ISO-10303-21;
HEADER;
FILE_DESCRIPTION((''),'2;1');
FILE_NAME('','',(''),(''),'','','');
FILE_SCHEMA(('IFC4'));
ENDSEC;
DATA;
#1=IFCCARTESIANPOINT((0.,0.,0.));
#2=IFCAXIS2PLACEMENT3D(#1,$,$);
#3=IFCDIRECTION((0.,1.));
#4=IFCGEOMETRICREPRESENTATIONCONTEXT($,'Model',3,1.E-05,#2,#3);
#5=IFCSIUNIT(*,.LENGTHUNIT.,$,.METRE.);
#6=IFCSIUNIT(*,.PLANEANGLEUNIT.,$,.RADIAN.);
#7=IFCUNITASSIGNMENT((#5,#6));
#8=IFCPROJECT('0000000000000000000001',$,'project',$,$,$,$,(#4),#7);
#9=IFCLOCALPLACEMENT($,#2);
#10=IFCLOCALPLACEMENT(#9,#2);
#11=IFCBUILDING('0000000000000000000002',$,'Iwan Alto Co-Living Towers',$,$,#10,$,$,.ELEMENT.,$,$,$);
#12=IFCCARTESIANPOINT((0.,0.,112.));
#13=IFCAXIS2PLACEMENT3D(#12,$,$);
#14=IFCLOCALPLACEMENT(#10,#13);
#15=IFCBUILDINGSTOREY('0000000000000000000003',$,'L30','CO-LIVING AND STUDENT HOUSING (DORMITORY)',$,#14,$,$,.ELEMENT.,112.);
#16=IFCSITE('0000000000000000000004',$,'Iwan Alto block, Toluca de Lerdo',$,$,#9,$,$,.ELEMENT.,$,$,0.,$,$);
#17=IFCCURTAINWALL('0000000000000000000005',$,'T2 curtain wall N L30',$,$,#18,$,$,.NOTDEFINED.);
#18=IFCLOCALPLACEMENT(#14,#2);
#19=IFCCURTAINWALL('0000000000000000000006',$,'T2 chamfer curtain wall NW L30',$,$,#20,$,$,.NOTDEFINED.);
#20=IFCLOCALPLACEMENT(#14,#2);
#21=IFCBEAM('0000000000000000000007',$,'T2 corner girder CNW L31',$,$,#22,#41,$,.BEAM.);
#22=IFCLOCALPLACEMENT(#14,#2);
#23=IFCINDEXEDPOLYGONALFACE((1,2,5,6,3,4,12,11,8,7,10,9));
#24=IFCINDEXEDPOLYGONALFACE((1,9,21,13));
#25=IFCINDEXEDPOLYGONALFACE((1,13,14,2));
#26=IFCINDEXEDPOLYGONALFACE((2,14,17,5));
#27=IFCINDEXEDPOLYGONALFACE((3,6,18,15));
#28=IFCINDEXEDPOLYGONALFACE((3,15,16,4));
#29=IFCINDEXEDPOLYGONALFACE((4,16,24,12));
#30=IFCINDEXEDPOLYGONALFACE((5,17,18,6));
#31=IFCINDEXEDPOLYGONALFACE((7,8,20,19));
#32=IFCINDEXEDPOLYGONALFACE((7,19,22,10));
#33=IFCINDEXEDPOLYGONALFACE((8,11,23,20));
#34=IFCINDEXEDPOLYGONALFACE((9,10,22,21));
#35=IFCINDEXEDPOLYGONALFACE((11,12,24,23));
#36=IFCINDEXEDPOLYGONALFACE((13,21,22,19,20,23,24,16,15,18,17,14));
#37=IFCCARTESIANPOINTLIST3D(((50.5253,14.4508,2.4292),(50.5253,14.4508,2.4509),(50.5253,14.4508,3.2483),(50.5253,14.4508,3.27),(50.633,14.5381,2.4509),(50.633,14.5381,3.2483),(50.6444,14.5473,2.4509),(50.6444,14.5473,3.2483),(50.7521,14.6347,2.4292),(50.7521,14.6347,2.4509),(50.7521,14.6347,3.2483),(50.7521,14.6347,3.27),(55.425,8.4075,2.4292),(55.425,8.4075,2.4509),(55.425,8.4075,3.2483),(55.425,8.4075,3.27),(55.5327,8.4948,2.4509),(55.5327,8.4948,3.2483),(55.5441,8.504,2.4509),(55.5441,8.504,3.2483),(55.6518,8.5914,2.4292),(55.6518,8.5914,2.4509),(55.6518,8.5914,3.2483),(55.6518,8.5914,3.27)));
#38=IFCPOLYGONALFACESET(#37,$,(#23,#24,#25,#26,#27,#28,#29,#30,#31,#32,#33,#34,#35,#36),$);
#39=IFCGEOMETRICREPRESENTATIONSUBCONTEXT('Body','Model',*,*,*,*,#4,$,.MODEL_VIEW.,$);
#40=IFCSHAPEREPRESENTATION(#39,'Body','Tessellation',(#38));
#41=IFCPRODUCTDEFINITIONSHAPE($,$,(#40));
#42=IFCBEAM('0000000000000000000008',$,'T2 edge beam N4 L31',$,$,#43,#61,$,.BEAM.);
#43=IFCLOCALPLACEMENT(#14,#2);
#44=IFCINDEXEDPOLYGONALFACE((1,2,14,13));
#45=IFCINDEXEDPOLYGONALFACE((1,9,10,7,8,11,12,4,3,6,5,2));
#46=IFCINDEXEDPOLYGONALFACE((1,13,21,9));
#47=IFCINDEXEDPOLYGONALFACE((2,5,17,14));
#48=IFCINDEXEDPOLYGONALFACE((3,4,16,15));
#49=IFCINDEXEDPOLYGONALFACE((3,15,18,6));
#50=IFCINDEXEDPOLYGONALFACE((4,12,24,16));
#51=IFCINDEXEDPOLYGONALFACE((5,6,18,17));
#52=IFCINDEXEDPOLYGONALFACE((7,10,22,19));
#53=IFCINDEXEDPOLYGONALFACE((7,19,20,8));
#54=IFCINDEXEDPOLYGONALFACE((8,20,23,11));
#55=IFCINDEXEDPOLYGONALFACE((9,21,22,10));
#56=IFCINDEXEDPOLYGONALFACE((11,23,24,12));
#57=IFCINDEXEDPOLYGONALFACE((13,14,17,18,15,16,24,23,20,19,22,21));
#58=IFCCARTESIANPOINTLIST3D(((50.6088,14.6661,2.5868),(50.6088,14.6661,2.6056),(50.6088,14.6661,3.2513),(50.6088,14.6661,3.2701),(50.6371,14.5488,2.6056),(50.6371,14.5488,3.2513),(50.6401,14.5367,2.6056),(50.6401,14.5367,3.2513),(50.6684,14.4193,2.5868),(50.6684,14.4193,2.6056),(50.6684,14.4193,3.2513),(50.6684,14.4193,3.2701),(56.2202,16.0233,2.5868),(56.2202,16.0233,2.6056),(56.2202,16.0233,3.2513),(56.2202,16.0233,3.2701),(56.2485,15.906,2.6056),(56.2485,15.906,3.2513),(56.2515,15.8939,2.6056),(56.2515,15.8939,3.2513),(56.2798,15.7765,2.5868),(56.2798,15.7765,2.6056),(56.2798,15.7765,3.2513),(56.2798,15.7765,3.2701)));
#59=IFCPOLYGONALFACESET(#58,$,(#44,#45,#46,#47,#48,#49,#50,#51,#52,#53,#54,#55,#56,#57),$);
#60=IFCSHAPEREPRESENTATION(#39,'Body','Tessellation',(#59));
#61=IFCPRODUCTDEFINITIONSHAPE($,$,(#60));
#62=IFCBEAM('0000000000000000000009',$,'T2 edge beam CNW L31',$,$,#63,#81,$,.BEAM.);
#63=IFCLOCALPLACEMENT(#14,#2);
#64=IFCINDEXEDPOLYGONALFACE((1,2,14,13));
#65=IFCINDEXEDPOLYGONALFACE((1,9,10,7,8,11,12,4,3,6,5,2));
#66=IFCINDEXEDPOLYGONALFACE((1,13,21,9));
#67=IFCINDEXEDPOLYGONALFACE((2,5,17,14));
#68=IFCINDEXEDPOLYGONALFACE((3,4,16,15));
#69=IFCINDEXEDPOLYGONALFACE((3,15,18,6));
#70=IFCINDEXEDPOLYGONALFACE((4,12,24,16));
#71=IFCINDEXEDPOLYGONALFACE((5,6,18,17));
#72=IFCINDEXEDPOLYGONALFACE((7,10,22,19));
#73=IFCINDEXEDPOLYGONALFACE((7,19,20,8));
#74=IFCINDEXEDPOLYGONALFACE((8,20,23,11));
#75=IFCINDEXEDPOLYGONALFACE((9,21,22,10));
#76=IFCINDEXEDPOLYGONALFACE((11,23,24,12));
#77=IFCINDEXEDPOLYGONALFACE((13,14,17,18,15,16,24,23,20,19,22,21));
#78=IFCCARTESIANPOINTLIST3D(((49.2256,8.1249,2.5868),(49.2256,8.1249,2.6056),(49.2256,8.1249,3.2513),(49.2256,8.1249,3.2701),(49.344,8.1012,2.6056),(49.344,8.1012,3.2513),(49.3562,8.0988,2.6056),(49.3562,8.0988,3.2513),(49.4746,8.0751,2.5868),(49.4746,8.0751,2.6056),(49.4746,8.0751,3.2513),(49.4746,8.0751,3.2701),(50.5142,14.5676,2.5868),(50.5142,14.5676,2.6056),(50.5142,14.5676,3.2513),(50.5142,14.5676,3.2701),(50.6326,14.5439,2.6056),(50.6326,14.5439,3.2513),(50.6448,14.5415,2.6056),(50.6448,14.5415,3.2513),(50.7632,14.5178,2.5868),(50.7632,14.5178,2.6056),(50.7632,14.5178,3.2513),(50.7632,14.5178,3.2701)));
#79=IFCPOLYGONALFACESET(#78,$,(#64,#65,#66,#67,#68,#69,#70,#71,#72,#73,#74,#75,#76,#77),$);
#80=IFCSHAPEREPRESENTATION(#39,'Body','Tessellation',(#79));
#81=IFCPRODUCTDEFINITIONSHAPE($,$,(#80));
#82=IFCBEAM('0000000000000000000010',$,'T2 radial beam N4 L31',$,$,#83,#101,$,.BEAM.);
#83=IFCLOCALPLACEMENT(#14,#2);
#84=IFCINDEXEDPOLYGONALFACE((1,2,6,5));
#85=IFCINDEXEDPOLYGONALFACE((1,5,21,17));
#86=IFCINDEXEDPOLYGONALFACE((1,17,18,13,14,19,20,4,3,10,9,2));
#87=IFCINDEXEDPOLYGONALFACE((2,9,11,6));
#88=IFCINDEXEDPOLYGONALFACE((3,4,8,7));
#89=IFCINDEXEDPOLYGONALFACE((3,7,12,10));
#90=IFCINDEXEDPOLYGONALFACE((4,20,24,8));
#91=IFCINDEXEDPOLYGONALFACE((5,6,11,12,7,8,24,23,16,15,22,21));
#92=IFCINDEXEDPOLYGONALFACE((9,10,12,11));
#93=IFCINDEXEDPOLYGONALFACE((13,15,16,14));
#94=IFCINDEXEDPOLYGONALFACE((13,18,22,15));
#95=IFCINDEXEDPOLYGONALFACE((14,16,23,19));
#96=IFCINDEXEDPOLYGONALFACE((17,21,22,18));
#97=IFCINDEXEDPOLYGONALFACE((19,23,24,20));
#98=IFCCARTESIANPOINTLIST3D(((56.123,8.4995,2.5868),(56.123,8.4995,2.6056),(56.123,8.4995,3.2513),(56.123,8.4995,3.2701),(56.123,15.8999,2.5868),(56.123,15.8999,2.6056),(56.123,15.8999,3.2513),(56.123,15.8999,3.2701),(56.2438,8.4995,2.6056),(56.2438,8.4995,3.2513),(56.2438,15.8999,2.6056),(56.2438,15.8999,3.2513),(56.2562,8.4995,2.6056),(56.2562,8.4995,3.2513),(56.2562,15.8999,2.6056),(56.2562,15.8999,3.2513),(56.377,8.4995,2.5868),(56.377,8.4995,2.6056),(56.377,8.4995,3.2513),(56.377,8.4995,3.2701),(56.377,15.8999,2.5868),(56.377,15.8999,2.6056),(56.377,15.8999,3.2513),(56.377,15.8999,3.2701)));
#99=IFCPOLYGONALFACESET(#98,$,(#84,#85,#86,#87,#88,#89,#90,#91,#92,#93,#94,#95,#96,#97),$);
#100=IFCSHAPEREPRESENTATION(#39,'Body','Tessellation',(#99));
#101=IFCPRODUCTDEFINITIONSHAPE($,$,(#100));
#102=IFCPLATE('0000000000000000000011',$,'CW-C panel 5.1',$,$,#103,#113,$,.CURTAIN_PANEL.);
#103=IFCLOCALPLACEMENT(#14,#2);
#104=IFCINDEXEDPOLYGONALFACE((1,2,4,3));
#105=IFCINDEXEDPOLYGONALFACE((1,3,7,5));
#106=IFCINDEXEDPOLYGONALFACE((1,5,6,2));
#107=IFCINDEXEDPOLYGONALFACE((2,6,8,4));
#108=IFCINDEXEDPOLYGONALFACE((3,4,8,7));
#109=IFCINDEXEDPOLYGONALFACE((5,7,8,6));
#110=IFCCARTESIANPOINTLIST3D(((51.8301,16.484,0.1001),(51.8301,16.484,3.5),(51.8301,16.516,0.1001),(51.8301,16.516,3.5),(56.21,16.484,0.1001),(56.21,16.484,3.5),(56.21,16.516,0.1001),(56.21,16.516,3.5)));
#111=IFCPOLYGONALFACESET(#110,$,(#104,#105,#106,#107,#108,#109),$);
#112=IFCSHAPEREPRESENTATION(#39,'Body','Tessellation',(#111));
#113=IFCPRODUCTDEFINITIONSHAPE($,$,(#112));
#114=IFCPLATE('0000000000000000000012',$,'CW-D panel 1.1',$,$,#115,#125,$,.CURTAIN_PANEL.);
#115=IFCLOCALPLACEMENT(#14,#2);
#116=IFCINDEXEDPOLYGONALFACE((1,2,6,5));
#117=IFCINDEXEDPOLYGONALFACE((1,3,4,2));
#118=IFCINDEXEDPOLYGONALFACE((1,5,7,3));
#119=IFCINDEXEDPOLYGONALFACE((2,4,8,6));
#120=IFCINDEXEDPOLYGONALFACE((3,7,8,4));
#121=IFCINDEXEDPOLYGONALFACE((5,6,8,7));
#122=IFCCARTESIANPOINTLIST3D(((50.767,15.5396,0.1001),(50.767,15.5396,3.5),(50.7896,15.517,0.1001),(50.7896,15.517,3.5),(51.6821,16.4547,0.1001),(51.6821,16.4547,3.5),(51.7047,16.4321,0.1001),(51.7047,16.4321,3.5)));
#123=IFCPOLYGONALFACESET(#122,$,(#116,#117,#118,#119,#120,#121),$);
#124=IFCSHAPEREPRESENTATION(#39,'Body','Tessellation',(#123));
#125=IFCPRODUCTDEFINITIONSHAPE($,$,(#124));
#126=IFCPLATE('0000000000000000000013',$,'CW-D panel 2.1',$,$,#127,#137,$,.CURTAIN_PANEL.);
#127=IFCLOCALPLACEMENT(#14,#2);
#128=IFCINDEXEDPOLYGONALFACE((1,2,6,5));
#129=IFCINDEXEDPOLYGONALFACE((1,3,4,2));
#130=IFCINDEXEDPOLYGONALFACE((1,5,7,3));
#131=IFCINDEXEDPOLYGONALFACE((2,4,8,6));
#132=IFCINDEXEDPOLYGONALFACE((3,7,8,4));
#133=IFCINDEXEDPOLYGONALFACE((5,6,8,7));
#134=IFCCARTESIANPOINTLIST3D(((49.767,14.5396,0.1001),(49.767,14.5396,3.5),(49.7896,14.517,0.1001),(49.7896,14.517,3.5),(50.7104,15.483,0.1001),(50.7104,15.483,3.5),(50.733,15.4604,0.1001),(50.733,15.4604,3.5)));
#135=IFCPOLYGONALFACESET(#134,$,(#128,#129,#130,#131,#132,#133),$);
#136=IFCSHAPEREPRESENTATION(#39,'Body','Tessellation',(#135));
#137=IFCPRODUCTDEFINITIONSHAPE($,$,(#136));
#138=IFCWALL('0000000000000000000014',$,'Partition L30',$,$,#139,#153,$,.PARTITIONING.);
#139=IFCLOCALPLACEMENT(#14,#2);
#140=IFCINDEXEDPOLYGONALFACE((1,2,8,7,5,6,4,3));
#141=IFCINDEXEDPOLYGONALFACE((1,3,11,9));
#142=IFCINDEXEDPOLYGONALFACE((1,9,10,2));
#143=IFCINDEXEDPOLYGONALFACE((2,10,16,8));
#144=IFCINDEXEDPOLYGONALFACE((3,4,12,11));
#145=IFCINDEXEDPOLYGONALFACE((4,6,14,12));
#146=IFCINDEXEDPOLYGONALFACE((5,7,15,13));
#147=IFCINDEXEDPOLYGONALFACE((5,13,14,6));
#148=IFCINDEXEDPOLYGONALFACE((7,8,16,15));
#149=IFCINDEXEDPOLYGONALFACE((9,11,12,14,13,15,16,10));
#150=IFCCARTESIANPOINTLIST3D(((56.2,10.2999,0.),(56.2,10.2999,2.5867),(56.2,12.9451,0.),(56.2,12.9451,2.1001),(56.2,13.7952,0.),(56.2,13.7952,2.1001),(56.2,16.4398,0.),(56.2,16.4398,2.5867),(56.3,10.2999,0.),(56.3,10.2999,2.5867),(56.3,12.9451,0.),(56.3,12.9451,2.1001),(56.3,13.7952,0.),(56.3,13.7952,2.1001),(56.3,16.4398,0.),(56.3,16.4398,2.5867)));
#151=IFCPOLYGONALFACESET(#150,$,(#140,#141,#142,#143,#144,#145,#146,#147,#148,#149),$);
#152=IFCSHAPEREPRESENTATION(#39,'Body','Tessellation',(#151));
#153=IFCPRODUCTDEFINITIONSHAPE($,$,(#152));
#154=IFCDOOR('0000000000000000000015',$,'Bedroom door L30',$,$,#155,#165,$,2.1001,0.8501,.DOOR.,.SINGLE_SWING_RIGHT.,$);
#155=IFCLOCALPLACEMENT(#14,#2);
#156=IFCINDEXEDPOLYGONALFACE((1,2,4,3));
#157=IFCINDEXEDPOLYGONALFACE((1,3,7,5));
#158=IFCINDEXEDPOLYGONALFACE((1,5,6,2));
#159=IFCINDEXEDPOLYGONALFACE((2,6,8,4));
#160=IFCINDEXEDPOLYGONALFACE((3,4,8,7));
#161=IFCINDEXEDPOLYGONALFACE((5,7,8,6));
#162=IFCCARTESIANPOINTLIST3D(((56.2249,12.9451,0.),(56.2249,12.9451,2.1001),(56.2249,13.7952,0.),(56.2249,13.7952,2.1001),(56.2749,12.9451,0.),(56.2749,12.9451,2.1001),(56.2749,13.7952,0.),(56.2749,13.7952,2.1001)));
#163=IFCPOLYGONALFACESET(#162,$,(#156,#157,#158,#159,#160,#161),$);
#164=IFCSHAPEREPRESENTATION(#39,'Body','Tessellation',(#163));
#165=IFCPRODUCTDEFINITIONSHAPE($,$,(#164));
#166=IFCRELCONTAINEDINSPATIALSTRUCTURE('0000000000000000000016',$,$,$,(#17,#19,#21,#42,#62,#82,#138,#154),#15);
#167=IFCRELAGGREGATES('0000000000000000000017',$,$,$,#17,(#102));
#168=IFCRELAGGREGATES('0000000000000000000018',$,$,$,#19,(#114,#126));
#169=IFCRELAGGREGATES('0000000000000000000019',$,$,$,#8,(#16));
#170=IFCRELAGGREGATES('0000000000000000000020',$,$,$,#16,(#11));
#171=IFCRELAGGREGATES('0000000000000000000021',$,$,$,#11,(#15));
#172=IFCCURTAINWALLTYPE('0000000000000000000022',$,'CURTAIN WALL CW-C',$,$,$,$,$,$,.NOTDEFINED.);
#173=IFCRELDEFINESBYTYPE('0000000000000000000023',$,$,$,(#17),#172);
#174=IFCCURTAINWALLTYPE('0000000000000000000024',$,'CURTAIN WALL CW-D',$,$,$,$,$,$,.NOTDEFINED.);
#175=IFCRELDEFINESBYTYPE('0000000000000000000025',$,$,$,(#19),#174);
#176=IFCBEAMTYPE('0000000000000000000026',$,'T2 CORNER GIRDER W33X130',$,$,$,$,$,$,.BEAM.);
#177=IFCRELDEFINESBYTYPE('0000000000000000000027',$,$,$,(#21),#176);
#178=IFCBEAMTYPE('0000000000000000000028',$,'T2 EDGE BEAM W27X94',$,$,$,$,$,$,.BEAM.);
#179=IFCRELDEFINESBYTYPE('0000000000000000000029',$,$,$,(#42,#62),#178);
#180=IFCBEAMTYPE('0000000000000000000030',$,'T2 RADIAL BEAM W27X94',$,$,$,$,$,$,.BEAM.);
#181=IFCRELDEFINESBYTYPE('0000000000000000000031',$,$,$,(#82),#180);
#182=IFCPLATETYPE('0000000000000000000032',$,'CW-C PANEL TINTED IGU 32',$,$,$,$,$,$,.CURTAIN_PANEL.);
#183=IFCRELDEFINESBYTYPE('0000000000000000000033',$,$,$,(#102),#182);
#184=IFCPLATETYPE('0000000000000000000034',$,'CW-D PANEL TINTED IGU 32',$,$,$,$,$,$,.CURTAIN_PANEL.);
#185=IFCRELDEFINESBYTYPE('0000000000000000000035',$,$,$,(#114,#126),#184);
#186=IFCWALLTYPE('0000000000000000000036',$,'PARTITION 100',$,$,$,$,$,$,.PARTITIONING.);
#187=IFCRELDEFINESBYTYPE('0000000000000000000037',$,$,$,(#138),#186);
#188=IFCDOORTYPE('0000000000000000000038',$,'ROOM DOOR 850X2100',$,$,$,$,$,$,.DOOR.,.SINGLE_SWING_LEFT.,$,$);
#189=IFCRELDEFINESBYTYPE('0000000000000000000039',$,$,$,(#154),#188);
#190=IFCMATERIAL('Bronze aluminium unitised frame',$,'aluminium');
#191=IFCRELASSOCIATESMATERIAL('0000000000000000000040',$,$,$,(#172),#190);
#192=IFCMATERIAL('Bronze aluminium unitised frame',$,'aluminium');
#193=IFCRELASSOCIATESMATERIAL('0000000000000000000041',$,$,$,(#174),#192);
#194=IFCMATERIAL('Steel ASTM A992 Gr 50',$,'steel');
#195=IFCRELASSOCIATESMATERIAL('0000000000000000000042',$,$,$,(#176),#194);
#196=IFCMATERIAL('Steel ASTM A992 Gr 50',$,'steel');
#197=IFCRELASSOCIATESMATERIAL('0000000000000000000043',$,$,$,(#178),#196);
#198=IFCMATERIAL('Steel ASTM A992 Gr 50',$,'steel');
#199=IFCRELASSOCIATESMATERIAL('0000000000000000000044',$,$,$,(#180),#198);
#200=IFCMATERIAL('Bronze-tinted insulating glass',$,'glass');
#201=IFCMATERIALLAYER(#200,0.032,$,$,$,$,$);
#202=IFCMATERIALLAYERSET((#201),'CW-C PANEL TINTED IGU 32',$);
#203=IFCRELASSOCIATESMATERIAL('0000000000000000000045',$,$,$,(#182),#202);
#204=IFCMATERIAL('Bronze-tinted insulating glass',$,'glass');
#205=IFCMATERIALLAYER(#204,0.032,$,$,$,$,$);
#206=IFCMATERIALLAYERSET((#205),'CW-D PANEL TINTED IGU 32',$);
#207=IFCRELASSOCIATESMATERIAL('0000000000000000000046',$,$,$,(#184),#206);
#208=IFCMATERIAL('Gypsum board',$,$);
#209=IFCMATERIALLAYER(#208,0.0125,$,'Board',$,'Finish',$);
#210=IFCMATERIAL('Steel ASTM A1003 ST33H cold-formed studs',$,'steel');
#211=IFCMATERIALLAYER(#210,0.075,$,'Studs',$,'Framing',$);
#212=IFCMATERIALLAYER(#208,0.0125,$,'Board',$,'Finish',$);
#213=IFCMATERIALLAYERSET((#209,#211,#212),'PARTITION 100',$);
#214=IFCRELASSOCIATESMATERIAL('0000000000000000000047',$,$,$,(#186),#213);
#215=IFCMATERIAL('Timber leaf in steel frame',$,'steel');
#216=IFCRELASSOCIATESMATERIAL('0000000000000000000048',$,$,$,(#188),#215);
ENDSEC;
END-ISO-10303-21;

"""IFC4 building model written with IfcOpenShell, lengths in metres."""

from ifc_helpers import new_model, si_unit, direction, frame, frame_2d, origin, origin_2d, place, context, subcontext, project, spatial, rectangle, i_section, extrude, material, layer, layer_set, material_profile, profile_set, type_object, element, fill, aggregate, save


model = new_model("IFC4")

# Units and contexts
model_context = context("Model", 3, precision=1e-05, world=origin(), true_north=direction((0.0, 1.0)))
body_context = subcontext(model_context, "Body", "Model", "MODEL_VIEW")
ifc_project = project(units=[si_unit("LENGTHUNIT", "METRE"), si_unit("PLANEANGLEUNIT", "RADIAN")], contexts=[model_context])

# Site, building, storey
site_placement = place(None, origin())
site = spatial("IfcSite", under=ifc_project, at=site_placement, Name="Iwan Alto block, Toluca de Lerdo", CompositionType="ELEMENT", RefElevation=0.0)
building_placement = place(site_placement, origin())
building = spatial("IfcBuilding", under=site, at=building_placement, Name="Iwan Alto Co-Living Towers", CompositionType="ELEMENT")
storey_placement = place(building_placement, frame((0.0, 0.0, 112.0)))
storey = spatial("IfcBuildingStorey", under=building, at=storey_placement, Name="L30", Description="CO-LIVING AND STUDENT HOUSING (DORMITORY)", CompositionType="ELEMENT", Elevation=112.0)

# Curtain walls
ifc_material_1 = material(Name="Bronze aluminium unitised frame", Category="aluminium")
curtain_wall_type_1 = type_object("IfcCurtainWallType", Name="CURTAIN WALL CW-C", PredefinedType="NOTDEFINED", material=ifc_material_1)
curtain_wall_1_placement = place(storey_placement, origin())
curtain_wall_1 = element("IfcCurtainWall", 1, at=curtain_wall_1_placement, inside=storey, type_object=curtain_wall_type_1, Name="T2 curtain wall N L30", PredefinedType="NOTDEFINED")
ifc_material_2 = material(Name="Bronze aluminium unitised frame", Category="aluminium")
curtain_wall_type_2 = type_object("IfcCurtainWallType", Name="CURTAIN WALL CW-D", PredefinedType="NOTDEFINED", material=ifc_material_2)
curtain_wall_2_placement = place(storey_placement, origin())
curtain_wall_2 = element("IfcCurtainWall", 2, at=curtain_wall_2_placement, inside=storey, type_object=curtain_wall_type_2, Name="T2 chamfer curtain wall NW L30", PredefinedType="NOTDEFINED")

# Beams
ifc_material_3 = material(Name="Steel ASTM A992 Gr 50", Category="steel")
ifc_material_profile_1 = material_profile(ifc_material_3, i_section(OverallWidth=0.292, OverallDepth=0.8408, WebThickness=0.0146, FlangeThickness=0.0217, at=origin_2d()), Name="W33X130")
ifc_profile_set_1 = profile_set([ifc_material_profile_1], Name="Steel ASTM A992 Gr 50")
beam_type_1 = type_object("IfcBeamType", Name="T2 CORNER GIRDER W33X130", PredefinedType="BEAM", material=ifc_profile_set_1)
beam_1_placement = place(storey_placement, frame((50.6387, 14.5427, 2.8496), z_axis=(0.629783, -0.776771, 0.0), x_axis=(0.776771, 0.629783, 0.0)))
element("IfcBeam", 3, at=beam_1_placement, inside=storey, type_object=beam_type_1, Name="T2 corner girder CNW L31", PredefinedType="BEAM", context=body_context, shape_type="SweptSolid", body=[
    extrude(i_section(OverallWidth=0.292, OverallDepth=0.8408, WebThickness=0.0146, FlangeThickness=0.0217, at=origin_2d()), origin(), (0.0, 0.0, 1.0), 7.78),
])
ifc_material_4 = material(Name="Steel ASTM A992 Gr 50", Category="steel")
ifc_material_profile_2 = material_profile(ifc_material_4, i_section(OverallWidth=0.2539, OverallDepth=0.6833, WebThickness=0.0125, FlangeThickness=0.0188, at=origin_2d()), Name="W27X94")
ifc_profile_set_2 = profile_set([ifc_material_profile_2], Name="Steel ASTM A992 Gr 50")
beam_type_2 = type_object("IfcBeamType", Name="T2 EDGE BEAM W27X94", PredefinedType="BEAM", material=ifc_profile_set_2)
beam_2_placement = place(storey_placement, frame((56.25, 15.8999, 2.9285), z_axis=(-0.971975, -0.235086, 0.0), x_axis=(0.235086, -0.971975, 0.0)))
element("IfcBeam", 4, at=beam_2_placement, inside=storey, type_object=beam_type_2, Name="T2 edge beam N4 L31", PredefinedType="BEAM", context=body_context, shape_type="SweptSolid", body=[
    extrude(i_section(OverallWidth=0.2539, OverallDepth=0.6833, WebThickness=0.0125, FlangeThickness=0.0188, at=origin_2d()), origin(), (0.0, 0.0, 1.0), 5.7732),
])
beam_3_placement = place(storey_placement, frame((50.6387, 14.5427, 2.9285), z_axis=(-0.196123, -0.980579, 0.0), x_axis=(0.980579, -0.196123, 0.0)))
element("IfcBeam", 5, at=beam_3_placement, inside=storey, type_object=beam_type_2, Name="T2 edge beam CNW L31", PredefinedType="BEAM", context=body_context, shape_type="SweptSolid", body=[
    extrude(i_section(OverallWidth=0.2539, OverallDepth=0.6833, WebThickness=0.0125, FlangeThickness=0.0188, at=origin_2d()), origin(), (0.0, 0.0, 1.0), 6.5703),
])
ifc_material_5 = material(Name="Steel ASTM A992 Gr 50", Category="steel")
ifc_material_profile_3 = material_profile(ifc_material_5, i_section(OverallWidth=0.2539, OverallDepth=0.6833, WebThickness=0.0125, FlangeThickness=0.0188, at=origin_2d()), Name="W27X94")
ifc_profile_set_3 = profile_set([ifc_material_profile_3], Name="Steel ASTM A992 Gr 50")
beam_type_3 = type_object("IfcBeamType", Name="T2 RADIAL BEAM W27X94", PredefinedType="BEAM", material=ifc_profile_set_3)
beam_4_placement = place(storey_placement, frame((56.25, 15.8999, 2.9285), z_axis=(0.0, -1.0, 0.0), x_axis=(1.0, 0.0, 0.0)))
element("IfcBeam", 6, at=beam_4_placement, inside=storey, type_object=beam_type_3, Name="T2 radial beam N4 L31", PredefinedType="BEAM", context=body_context, shape_type="SweptSolid", body=[
    extrude(i_section(OverallWidth=0.2539, OverallDepth=0.6833, WebThickness=0.0125, FlangeThickness=0.0188, at=origin_2d()), origin(), (0.0, 0.0, 1.0), 7.4004),
])

# Plates
ifc_material_6 = material(Name="Bronze-tinted insulating glass", Category="glass")
ifc_layer_1 = layer(ifc_material_6, 0.032)
ifc_layer_set_1 = layer_set([ifc_layer_1], Name="CW-C PANEL TINTED IGU 32")
plate_type_1 = type_object("IfcPlateType", Name="CW-C PANEL TINTED IGU 32", PredefinedType="CURTAIN_PANEL", material=ifc_layer_set_1)
plate_1_placement = place(storey_placement, frame((54.02, 16.5, 0.1001), z_axis=(0.0, 0.0, 1.0), x_axis=(-1.0, 0.0, 0.0)))
plate_1 = element("IfcPlate", 7, at=plate_1_placement, type_object=plate_type_1, Name="CW-C panel 5.1", PredefinedType="CURTAIN_PANEL", context=body_context, shape_type="SweptSolid", body=[
    extrude(rectangle(XDim=4.3799, YDim=0.032, at=origin_2d()), origin(), (0.0, 0.0, 1.0), 3.3999),
])
aggregate(curtain_wall_1, [plate_1])
ifc_material_7 = material(Name="Bronze-tinted insulating glass", Category="glass")
ifc_layer_2 = layer(ifc_material_7, 0.032)
ifc_layer_set_2 = layer_set([ifc_layer_2], Name="CW-D PANEL TINTED IGU 32")
plate_type_2 = type_object("IfcPlateType", Name="CW-D PANEL TINTED IGU 32", PredefinedType="CURTAIN_PANEL", material=ifc_layer_set_2)
plate_2_placement = place(storey_placement, frame((51.2358, 15.9858, 0.1001), z_axis=(0.0, 0.0, 1.0), x_axis=(-0.707107, -0.707107, 0.0)))
plate_2 = element("IfcPlate", 8, at=plate_2_placement, type_object=plate_type_2, Name="CW-D panel 1.1", PredefinedType="CURTAIN_PANEL", context=body_context, shape_type="SweptSolid", body=[
    extrude(rectangle(XDim=1.2942, YDim=0.032, at=origin_2d()), origin(), (0.0, 0.0, 1.0), 3.3999),
])
plate_3_placement = place(storey_placement, frame((50.25, 15.0, 0.1001), z_axis=(0.0, 0.0, 1.0), x_axis=(-0.707107, -0.707107, 0.0)))
plate_3 = element("IfcPlate", 9, at=plate_3_placement, type_object=plate_type_2, Name="CW-D panel 2.1", PredefinedType="CURTAIN_PANEL", context=body_context, shape_type="SweptSolid", body=[
    extrude(rectangle(XDim=1.3342, YDim=0.032, at=origin_2d()), origin(), (0.0, 0.0, 1.0), 3.3999),
])
aggregate(curtain_wall_2, [plate_2, plate_3])

# Wall, opening, door
ifc_material_8 = material(Name="Gypsum board")
ifc_layer_3 = layer(ifc_material_8, 0.0125, Name="Board", Category="Finish")
ifc_material_9 = material(Name="Steel ASTM A1003 ST33H cold-formed studs", Category="steel")
ifc_layer_4 = layer(ifc_material_9, 0.075, Name="Studs", Category="Framing")
ifc_layer_5 = layer(ifc_material_8, 0.0125, Name="Board", Category="Finish")
ifc_layer_set_3 = layer_set([ifc_layer_3, ifc_layer_4, ifc_layer_5], Name="PARTITION 100")
wall_type = type_object("IfcWallType", Name="PARTITION 100", PredefinedType="PARTITIONING", material=ifc_layer_set_3)
wall_placement = place(storey_placement, frame((56.25, 10.3, 0.0), z_axis=(0.0, 0.0, 1.0), x_axis=(0.0, 1.0, 0.0)))
wall = element("IfcWall", 10, at=wall_placement, inside=storey, type_object=wall_type, Name="Partition L30", PredefinedType="PARTITIONING", context=body_context, shape_type="SweptSolid", body=[
    extrude(rectangle(XDim=6.1399, YDim=0.1001, at=frame_2d((3.0698, 0.0))), origin(), (0.0, 0.0, 1.0), 2.5867),
])
opening_placement = place(wall_placement, frame((2.645, 0.0, 0.0)))
opening = element("IfcOpeningElement", 11, at=opening_placement, cuts=wall, PredefinedType="OPENING", context=body_context, shape_type="SweptSolid", body=[
    extrude(rectangle(XDim=0.8501, YDim=2.1001, at=frame_2d((0.425, 1.05))), frame((0.0, 0.0601, 0.0), z_axis=(0.0, -1.0, 0.0), x_axis=(1.0, 0.0, 0.0)), (0.0, 0.0, 1.0), 0.1201),
])
ifc_material_10 = material(Name="Timber leaf in steel frame", Category="steel")
door_type = type_object("IfcDoorType", Name="ROOM DOOR 850X2100", OperationType="SINGLE_SWING_LEFT", PredefinedType="DOOR", material=ifc_material_10)
door_placement = place(opening_placement, frame((0.8501, 0.0, 0.0), z_axis=(0.0, 0.0, 1.0), x_axis=(-1.0, 0.0, 0.0)))
door = element("IfcDoor", 12, at=door_placement, inside=storey, type_object=door_type, Name="Bedroom door L30", OperationType="SINGLE_SWING_RIGHT", OverallHeight=2.1001, OverallWidth=0.8501, PredefinedType="DOOR", context=body_context, shape_type="SweptSolid", body=[
    extrude(rectangle(XDim=0.8501, YDim=2.1001, at=frame_2d((0.425, 1.05))), frame((0.0, 0.0249, 0.0), z_axis=(0.0, -1.0, 0.0), x_axis=(1.0, 0.0, 0.0)), (0.0, 0.0, 1.0), 0.05),
])
fill(opening, door)

save(model, "model.ifc")
